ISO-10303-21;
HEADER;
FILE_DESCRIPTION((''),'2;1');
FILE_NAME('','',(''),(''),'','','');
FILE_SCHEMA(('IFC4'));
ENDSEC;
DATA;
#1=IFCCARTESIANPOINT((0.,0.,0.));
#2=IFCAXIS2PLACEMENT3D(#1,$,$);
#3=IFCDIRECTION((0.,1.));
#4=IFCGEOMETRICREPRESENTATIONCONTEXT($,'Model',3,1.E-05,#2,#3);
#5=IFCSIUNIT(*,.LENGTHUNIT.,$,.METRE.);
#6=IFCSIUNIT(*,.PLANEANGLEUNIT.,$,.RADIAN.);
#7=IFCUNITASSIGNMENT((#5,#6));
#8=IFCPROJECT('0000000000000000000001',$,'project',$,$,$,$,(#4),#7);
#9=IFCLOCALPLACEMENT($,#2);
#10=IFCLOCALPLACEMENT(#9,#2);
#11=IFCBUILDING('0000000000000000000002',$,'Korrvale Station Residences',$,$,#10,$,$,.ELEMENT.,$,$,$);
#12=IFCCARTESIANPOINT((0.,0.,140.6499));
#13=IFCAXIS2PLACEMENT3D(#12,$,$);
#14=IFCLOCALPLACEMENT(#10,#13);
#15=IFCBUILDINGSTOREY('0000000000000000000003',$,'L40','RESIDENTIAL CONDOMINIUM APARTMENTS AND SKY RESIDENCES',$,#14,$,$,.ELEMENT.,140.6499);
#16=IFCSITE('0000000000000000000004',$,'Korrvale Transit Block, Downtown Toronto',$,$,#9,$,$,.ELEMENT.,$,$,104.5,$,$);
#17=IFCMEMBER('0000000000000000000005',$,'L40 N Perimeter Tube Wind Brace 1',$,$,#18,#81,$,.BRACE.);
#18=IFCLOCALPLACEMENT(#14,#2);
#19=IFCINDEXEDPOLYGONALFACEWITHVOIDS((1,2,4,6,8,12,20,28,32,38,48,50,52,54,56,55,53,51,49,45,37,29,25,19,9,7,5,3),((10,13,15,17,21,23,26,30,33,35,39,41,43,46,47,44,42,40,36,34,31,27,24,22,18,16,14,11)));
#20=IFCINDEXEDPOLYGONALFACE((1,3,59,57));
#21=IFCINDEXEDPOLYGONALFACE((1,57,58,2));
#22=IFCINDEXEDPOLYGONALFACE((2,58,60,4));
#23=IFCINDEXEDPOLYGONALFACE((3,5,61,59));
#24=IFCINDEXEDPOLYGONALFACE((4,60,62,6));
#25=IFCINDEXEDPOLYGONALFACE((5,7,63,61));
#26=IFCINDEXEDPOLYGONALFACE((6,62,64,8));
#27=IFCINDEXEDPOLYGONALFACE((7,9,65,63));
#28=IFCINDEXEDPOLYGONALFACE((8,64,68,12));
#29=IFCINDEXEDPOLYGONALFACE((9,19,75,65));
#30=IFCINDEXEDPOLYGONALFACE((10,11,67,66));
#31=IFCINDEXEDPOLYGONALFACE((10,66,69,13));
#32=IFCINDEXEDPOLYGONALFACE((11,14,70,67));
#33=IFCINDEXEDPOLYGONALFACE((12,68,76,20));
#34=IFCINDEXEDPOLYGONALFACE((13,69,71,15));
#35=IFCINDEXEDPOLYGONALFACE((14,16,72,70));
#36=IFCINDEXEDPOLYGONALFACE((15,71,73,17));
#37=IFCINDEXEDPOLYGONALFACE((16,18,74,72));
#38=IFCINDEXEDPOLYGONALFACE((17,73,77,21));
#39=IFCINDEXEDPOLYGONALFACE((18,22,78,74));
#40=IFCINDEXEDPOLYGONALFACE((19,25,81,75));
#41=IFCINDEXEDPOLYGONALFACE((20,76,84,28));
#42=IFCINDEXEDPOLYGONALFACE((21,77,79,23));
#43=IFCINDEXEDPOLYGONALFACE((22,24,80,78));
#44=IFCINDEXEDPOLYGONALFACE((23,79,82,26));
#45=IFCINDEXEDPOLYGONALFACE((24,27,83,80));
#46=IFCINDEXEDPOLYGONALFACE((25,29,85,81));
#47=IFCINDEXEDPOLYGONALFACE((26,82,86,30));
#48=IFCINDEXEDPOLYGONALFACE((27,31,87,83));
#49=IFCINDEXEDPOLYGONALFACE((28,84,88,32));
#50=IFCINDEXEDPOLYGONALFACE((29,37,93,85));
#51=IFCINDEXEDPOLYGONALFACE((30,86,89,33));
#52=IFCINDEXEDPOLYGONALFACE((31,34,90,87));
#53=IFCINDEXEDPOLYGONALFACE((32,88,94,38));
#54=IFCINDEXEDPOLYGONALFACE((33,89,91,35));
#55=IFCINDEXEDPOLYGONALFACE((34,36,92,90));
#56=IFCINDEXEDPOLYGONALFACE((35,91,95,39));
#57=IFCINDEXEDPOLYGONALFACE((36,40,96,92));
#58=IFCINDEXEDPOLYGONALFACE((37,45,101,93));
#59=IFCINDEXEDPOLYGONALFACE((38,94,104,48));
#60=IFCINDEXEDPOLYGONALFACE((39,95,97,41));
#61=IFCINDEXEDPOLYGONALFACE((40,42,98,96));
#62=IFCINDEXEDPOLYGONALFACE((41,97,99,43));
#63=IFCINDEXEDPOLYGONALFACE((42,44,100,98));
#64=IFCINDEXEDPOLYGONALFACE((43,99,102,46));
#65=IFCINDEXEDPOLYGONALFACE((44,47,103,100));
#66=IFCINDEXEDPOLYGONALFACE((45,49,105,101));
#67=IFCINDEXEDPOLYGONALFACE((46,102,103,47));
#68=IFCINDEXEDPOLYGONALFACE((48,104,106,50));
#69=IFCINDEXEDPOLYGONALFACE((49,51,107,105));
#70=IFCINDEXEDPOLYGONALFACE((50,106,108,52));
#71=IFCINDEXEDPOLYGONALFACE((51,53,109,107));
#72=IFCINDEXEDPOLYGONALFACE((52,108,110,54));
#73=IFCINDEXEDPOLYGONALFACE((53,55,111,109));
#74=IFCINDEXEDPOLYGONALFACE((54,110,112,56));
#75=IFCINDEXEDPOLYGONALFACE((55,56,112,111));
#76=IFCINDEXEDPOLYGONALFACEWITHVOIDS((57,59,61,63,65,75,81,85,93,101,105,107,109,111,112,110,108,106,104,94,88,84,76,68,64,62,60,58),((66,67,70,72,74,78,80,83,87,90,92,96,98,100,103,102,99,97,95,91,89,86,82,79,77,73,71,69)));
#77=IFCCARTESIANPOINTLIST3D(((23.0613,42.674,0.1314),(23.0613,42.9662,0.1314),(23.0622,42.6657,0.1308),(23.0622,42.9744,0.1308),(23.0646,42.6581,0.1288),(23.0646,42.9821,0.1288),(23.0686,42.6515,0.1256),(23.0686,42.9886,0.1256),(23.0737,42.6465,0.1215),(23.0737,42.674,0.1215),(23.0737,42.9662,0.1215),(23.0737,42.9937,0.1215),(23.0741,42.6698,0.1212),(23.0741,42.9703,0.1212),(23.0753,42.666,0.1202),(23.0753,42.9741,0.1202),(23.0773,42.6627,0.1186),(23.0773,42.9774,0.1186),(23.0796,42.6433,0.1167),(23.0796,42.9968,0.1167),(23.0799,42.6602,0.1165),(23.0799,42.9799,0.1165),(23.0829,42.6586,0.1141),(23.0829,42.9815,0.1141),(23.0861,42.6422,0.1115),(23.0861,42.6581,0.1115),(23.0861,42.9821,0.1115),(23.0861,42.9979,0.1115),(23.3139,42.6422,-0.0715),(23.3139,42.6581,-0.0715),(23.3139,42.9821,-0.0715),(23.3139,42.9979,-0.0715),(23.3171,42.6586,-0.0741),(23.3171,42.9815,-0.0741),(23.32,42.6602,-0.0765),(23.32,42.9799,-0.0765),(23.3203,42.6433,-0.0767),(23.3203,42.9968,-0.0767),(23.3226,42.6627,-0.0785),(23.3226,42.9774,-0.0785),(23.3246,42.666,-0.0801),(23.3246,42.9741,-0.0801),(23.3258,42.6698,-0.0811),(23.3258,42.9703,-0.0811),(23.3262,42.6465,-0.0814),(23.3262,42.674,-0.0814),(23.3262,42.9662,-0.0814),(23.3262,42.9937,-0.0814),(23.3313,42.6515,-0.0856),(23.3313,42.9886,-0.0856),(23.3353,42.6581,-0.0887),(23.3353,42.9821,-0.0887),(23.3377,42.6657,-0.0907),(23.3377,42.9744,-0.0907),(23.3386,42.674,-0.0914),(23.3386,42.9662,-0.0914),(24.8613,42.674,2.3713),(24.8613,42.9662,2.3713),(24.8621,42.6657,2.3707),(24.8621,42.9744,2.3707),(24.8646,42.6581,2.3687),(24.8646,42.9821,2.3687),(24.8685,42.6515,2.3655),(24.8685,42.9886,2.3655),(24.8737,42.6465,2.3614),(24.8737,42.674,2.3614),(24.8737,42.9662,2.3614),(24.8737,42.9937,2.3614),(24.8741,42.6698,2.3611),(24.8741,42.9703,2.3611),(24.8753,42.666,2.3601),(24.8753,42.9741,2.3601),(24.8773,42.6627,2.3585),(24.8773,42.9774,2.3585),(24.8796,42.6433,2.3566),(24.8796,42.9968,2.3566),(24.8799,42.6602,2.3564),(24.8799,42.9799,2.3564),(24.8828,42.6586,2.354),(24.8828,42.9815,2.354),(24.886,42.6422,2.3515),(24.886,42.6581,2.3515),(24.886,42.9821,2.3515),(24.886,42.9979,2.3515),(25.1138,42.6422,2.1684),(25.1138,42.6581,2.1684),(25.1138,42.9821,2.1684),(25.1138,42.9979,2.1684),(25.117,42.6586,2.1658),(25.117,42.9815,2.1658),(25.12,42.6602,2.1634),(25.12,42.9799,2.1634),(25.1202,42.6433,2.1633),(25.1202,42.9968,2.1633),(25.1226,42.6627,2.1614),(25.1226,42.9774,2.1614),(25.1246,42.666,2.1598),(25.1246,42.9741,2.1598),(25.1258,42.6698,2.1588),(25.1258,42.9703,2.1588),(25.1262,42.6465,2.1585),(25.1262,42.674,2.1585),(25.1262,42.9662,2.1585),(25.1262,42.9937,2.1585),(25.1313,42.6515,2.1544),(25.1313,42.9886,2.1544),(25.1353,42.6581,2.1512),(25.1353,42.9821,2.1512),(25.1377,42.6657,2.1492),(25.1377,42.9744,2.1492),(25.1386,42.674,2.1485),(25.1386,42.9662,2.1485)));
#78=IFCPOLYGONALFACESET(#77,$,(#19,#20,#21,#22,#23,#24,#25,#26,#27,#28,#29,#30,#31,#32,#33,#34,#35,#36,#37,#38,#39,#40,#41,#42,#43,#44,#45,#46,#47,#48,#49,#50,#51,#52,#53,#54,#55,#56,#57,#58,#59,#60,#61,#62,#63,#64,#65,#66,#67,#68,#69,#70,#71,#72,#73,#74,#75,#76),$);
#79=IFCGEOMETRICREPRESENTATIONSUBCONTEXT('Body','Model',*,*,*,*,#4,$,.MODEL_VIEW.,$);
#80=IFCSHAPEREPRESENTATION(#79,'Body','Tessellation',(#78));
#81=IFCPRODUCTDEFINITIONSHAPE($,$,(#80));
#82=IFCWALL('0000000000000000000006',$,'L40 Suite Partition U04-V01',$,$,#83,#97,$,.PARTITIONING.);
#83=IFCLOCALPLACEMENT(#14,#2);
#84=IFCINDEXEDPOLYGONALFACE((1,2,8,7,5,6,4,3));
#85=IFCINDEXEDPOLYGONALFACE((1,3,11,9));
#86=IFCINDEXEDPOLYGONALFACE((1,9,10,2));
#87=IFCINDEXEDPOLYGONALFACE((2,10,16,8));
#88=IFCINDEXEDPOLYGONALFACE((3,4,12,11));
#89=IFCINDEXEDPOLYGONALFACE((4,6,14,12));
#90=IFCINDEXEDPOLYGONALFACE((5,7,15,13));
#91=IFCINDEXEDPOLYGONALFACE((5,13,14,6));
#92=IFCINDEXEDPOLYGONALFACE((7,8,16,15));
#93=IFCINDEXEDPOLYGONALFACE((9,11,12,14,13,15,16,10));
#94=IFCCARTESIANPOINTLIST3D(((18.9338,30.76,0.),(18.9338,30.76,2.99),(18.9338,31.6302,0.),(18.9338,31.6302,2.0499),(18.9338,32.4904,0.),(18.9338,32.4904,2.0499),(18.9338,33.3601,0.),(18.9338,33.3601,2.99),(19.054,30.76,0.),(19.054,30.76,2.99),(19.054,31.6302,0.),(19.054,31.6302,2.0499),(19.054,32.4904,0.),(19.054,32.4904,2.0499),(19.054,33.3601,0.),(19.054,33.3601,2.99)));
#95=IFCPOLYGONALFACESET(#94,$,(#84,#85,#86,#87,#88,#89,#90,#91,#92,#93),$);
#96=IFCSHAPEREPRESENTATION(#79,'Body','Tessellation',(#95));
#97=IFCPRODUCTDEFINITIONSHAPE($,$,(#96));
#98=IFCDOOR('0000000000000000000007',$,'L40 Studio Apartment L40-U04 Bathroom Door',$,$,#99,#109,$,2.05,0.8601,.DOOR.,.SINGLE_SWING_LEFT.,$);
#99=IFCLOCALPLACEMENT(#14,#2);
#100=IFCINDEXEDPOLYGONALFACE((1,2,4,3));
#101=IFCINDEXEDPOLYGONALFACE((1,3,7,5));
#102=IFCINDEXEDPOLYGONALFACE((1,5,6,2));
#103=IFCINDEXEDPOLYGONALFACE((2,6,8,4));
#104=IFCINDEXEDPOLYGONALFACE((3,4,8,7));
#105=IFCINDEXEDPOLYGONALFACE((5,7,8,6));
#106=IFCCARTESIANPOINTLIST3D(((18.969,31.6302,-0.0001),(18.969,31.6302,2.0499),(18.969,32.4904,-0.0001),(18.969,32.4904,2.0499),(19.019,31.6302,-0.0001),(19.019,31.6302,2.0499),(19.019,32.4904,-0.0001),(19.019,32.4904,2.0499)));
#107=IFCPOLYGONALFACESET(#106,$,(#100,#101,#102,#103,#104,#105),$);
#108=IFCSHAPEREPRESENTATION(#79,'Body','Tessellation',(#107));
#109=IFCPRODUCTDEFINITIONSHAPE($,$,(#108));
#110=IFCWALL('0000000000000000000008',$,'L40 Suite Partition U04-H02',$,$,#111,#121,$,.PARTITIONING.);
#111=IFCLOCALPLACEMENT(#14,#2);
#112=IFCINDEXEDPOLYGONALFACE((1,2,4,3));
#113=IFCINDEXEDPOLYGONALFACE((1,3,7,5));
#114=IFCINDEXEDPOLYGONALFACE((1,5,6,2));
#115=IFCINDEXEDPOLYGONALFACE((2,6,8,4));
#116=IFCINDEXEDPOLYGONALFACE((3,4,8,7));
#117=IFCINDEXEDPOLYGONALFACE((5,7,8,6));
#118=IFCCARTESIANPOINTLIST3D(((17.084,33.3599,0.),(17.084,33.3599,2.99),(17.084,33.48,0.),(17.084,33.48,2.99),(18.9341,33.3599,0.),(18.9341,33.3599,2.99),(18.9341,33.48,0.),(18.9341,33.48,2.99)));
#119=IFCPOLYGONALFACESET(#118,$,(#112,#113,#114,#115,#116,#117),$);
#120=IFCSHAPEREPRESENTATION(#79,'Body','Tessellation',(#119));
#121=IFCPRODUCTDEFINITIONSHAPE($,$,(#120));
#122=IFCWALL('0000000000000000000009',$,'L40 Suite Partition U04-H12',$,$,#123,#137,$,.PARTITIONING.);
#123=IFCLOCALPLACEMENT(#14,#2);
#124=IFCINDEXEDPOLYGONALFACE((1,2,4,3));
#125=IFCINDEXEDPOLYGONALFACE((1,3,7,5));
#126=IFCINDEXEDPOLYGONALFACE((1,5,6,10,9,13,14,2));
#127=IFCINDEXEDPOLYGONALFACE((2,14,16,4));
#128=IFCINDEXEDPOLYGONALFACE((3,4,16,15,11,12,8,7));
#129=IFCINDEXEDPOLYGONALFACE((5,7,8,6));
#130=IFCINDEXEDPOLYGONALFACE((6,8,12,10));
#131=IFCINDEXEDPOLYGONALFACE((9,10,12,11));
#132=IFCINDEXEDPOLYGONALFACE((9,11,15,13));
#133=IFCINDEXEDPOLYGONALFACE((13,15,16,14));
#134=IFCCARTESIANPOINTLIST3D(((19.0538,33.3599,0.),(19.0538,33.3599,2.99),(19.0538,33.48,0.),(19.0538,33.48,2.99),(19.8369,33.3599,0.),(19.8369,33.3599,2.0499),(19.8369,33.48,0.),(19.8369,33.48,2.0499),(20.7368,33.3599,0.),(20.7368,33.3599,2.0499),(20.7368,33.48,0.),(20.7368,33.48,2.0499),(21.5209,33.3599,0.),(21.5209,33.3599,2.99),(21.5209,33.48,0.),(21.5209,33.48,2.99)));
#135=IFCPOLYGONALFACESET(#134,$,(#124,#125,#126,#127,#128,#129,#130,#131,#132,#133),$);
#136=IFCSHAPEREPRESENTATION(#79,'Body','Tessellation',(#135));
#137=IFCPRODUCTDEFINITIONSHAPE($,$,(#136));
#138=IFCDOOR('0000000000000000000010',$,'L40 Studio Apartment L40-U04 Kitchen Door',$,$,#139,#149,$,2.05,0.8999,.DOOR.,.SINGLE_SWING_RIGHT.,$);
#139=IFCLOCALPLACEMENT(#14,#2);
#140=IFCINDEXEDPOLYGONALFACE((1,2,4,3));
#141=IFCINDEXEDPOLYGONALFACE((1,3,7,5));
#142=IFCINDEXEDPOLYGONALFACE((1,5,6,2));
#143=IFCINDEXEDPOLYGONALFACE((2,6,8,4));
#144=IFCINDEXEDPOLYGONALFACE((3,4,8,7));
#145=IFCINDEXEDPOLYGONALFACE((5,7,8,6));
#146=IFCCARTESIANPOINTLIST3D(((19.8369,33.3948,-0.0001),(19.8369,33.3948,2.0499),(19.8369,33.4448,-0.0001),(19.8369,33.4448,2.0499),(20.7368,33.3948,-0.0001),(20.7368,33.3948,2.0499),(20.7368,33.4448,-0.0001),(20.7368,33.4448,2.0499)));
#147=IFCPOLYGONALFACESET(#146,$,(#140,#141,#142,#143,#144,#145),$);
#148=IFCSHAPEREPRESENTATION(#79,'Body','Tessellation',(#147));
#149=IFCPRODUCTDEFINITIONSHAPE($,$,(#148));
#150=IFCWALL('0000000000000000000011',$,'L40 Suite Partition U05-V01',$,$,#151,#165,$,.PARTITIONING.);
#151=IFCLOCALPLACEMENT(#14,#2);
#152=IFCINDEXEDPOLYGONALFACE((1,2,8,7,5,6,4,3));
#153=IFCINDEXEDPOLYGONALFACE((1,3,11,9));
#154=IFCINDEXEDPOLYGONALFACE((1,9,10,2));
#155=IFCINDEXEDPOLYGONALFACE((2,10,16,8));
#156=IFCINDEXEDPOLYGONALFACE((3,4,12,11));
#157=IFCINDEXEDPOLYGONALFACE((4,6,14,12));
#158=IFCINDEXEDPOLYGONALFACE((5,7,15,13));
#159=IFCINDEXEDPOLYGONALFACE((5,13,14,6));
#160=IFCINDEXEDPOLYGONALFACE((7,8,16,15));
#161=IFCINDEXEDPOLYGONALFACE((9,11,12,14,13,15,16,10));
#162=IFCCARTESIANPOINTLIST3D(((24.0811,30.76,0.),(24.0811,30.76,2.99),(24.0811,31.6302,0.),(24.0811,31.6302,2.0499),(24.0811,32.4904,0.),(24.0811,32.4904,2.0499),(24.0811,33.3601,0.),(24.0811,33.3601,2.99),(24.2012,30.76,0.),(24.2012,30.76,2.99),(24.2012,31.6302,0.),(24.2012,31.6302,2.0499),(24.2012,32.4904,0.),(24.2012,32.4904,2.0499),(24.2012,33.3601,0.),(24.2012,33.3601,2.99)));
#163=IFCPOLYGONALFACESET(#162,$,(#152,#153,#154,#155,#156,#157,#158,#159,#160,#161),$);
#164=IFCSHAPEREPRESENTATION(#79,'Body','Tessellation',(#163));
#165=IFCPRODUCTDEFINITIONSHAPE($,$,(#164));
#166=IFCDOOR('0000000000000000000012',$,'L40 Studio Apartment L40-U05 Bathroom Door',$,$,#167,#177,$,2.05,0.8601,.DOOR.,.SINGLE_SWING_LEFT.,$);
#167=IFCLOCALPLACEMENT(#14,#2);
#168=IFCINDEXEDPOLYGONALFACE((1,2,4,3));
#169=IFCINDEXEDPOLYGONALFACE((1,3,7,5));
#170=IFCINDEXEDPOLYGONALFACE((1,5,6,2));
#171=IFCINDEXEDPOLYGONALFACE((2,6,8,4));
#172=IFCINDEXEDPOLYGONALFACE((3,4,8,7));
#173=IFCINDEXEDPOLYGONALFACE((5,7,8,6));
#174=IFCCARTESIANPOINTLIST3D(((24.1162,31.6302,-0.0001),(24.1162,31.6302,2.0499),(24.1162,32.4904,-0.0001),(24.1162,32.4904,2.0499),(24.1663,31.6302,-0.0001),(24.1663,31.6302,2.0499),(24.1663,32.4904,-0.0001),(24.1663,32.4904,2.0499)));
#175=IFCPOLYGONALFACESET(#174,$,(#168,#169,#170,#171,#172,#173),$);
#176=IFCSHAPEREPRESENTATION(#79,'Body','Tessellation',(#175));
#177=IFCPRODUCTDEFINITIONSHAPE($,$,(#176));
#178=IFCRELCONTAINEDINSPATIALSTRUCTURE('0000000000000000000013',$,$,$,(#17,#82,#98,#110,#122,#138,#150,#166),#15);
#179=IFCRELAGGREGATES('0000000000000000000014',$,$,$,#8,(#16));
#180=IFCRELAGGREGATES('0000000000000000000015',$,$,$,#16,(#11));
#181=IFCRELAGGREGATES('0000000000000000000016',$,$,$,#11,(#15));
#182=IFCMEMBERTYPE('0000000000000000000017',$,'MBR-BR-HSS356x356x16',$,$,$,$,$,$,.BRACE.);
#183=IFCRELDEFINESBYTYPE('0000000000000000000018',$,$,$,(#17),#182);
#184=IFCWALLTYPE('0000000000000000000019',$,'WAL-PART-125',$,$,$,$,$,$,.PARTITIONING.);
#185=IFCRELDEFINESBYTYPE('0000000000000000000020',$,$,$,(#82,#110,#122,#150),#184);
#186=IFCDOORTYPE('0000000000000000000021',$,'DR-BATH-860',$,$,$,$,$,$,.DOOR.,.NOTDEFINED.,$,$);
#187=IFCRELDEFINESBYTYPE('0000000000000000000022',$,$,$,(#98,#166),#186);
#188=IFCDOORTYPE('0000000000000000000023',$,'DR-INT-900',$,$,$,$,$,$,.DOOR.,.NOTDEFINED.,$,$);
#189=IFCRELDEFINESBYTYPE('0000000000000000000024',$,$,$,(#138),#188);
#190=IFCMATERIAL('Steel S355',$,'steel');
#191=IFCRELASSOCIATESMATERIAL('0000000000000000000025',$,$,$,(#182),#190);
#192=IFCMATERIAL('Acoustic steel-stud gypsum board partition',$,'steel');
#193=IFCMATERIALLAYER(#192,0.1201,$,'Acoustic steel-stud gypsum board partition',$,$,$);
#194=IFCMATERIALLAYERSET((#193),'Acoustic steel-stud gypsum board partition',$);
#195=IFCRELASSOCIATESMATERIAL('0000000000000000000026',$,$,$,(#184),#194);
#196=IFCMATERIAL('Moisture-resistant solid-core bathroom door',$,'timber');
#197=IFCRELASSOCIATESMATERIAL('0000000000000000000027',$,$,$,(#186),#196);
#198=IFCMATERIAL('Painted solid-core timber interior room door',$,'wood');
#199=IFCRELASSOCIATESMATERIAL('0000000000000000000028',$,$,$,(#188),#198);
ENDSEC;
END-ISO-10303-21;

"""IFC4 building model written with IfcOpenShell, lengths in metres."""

from ifc_helpers import new_model, si_unit, direction, frame, frame_2d, origin, origin_2d, place, context, subcontext, project, spatial, rectangle, hollow_rectangle, extrude, material, layer, layer_set, material_profile, profile_set, type_object, element, fill, save


model = new_model("IFC4")

# Units and contexts
model_context = context("Model", 3, precision=1e-05, world=origin(), true_north=direction((0.0, 1.0)))
body_context = subcontext(model_context, "Body", "Model", "MODEL_VIEW")
ifc_project = project(units=[si_unit("LENGTHUNIT", "METRE"), si_unit("PLANEANGLEUNIT", "RADIAN")], contexts=[model_context])

# Site, building, storey
site_placement = place(None, origin())
site = spatial("IfcSite", under=ifc_project, at=site_placement, Name="Korrvale Transit Block, Downtown Toronto", CompositionType="ELEMENT", RefElevation=104.5)
building_placement = place(site_placement, origin())
building = spatial("IfcBuilding", under=site, at=building_placement, Name="Korrvale Station Residences", CompositionType="ELEMENT")
storey_placement = place(building_placement, frame((0.0, 0.0, 140.6499)))
storey = spatial("IfcBuildingStorey", under=building, at=storey_placement, Name="L40", Description="RESIDENTIAL CONDOMINIUM APARTMENTS AND SKY RESIDENCES", CompositionType="ELEMENT", Elevation=140.6499)

# Shared definitions
ifc_material_1 = material(Name="Steel S355", Category="steel")

# Member
ifc_material_profile_1 = material_profile(ifc_material_1, hollow_rectangle(XDim=0.3557, YDim=0.3557, WallThickness=0.0159, InnerFilletRadius=0.0159, OuterFilletRadius=0.0317, at=origin_2d()), Name="HSS356x356x16")
ifc_profile_set_1 = profile_set([ifc_material_profile_1], Name="Steel S355")
member_type = type_object("IfcMemberType", Name="MBR-BR-HSS356x356x16", PredefinedType="BRACE", material=ifc_profile_set_1)
member_placement = place(storey_placement, frame((23.2, 42.8201, 0.02), z_axis=(0.626403, 0.0, 0.779499), x_axis=(0.0, 1.0, 0.0)))
element("IfcMember", 1, at=member_placement, inside=storey, type_object=member_type, Name="L40 N Perimeter Tube Wind Brace 1", PredefinedType="BRACE", context=body_context, shape_type="SweptSolid", body=[
    extrude(hollow_rectangle(XDim=0.3557, YDim=0.3557, WallThickness=0.0159, InnerFilletRadius=0.0159, OuterFilletRadius=0.0317, at=origin_2d()), origin(), (0.0, 0.0, 1.0), 2.8735),
])

# Wall, opening, door
ifc_material_2 = material(Name="Acoustic steel-stud gypsum board partition", Category="steel")
ifc_layer_1 = layer(ifc_material_2, 0.1201, Name="Acoustic steel-stud gypsum board partition")
ifc_layer_set_1 = layer_set([ifc_layer_1], Name="Acoustic steel-stud gypsum board partition")
wall_type_1 = type_object("IfcWallType", Name="WAL-PART-125", PredefinedType="PARTITIONING", material=ifc_layer_set_1)
wall_1_placement = place(storey_placement, frame((18.9939, 30.76, 0.0), z_axis=(0.0, 0.0, 1.0), x_axis=(0.0, 1.0, 0.0)))
wall_1 = element("IfcWall", 2, at=wall_1_placement, inside=storey, type_object=wall_type_1, Name="L40 Suite Partition U04-V01", PredefinedType="PARTITIONING", context=body_context, shape_type="SweptSolid", body=[
    extrude(rectangle(XDim=2.6001, YDim=0.1201, at=frame_2d((1.3, 0.0))), origin(), (0.0, 0.0, 1.0), 2.99),
])
opening_1_placement = place(wall_1_placement, frame((0.8701, 0.0, 0.0)))
opening_1 = element("IfcOpeningElement", 3, at=opening_1_placement, cuts=wall_1, PredefinedType="OPENING", context=body_context, shape_type="SweptSolid", body=[
    extrude(rectangle(XDim=0.8601, YDim=2.05, at=frame_2d((0.4302, 1.0249))), frame((0.0, 0.0701, 0.0), z_axis=(0.0, -1.0, 0.0), x_axis=(1.0, 0.0, 0.0)), (0.0, 0.0, 1.0), 0.1401),
])
ifc_material_3 = material(Name="Moisture-resistant solid-core bathroom door", Category="timber")
door_type_1 = type_object("IfcDoorType", Name="DR-BATH-860", OperationType="NOTDEFINED", PredefinedType="DOOR", material=ifc_material_3)
door_1_placement = place(opening_1_placement, origin())
door_1 = element("IfcDoor", 4, at=door_1_placement, inside=storey, type_object=door_type_1, Name="L40 Studio Apartment L40-U04 Bathroom Door", OperationType="SINGLE_SWING_LEFT", OverallHeight=2.05, OverallWidth=0.8601, PredefinedType="DOOR", context=body_context, shape_type="SweptSolid", body=[
    extrude(rectangle(XDim=0.8601, YDim=2.05, at=frame_2d((0.4302, 1.0249))), frame((0.0, 0.0249, 0.0), z_axis=(0.0, -1.0, 0.0), x_axis=(1.0, 0.0, 0.0)), (0.0, 0.0, 1.0), 0.05),
])
fill(opening_1, door_1)

# Wall
wall_2_placement = place(storey_placement, frame((17.084, 33.4199, 0.0), z_axis=(0.0, 0.0, 1.0), x_axis=(1.0, 0.0, 0.0)))
element("IfcWall", 5, at=wall_2_placement, inside=storey, type_object=wall_type_1, Name="L40 Suite Partition U04-H02", PredefinedType="PARTITIONING", context=body_context, shape_type="SweptSolid", body=[
    extrude(rectangle(XDim=1.8501, YDim=0.1201, at=frame_2d((0.925, 0.0))), origin(), (0.0, 0.0, 1.0), 2.99),
])

# Walls, openings, doors
wall_3_placement = place(storey_placement, frame((19.054, 33.4199, 0.0), z_axis=(0.0, 0.0, 1.0), x_axis=(1.0, 0.0, 0.0)))
wall_3 = element("IfcWall", 6, at=wall_3_placement, inside=storey, type_object=wall_type_1, Name="L40 Suite Partition U04-H12", PredefinedType="PARTITIONING", context=body_context, shape_type="SweptSolid", body=[
    extrude(rectangle(XDim=2.467, YDim=0.1201, at=frame_2d((1.2334, 0.0))), origin(), (0.0, 0.0, 1.0), 2.99),
])
opening_2_placement = place(wall_3_placement, frame((0.783, 0.0, 0.0)))
opening_2 = element("IfcOpeningElement", 7, at=opening_2_placement, cuts=wall_3, PredefinedType="OPENING", context=body_context, shape_type="SweptSolid", body=[
    extrude(rectangle(XDim=0.8999, YDim=2.05, at=frame_2d((0.45, 1.0249))), frame((0.0, 0.0701, 0.0), z_axis=(0.0, -1.0, 0.0), x_axis=(1.0, 0.0, 0.0)), (0.0, 0.0, 1.0), 0.1401),
])
ifc_material_4 = material(Name="Painted solid-core timber interior room door", Category="wood")
door_type_2 = type_object("IfcDoorType", Name="DR-INT-900", OperationType="NOTDEFINED", PredefinedType="DOOR", material=ifc_material_4)
door_2_placement = place(opening_2_placement, origin())
door_2 = element("IfcDoor", 8, at=door_2_placement, inside=storey, type_object=door_type_2, Name="L40 Studio Apartment L40-U04 Kitchen Door", OperationType="SINGLE_SWING_RIGHT", OverallHeight=2.05, OverallWidth=0.8999, PredefinedType="DOOR", context=body_context, shape_type="SweptSolid", body=[
    extrude(rectangle(XDim=0.8999, YDim=2.05, at=frame_2d((0.45, 1.0249))), frame((0.0, 0.0249, 0.0), z_axis=(0.0, -1.0, 0.0), x_axis=(1.0, 0.0, 0.0)), (0.0, 0.0, 1.0), 0.05),
])
fill(opening_2, door_2)
wall_4_placement = place(storey_placement, frame((24.1411, 30.76, 0.0), z_axis=(0.0, 0.0, 1.0), x_axis=(0.0, 1.0, 0.0)))
wall_4 = element("IfcWall", 9, at=wall_4_placement, inside=storey, type_object=wall_type_1, Name="L40 Suite Partition U05-V01", PredefinedType="PARTITIONING", context=body_context, shape_type="SweptSolid", body=[
    extrude(rectangle(XDim=2.6001, YDim=0.1201, at=frame_2d((1.3, 0.0))), origin(), (0.0, 0.0, 1.0), 2.99),
])
opening_3_placement = place(wall_4_placement, frame((0.8701, 0.0, 0.0)))
opening_3 = element("IfcOpeningElement", 10, at=opening_3_placement, cuts=wall_4, PredefinedType="OPENING", context=body_context, shape_type="SweptSolid", body=[
    extrude(rectangle(XDim=0.8601, YDim=2.05, at=frame_2d((0.4302, 1.0249))), frame((0.0, 0.0701, 0.0), z_axis=(0.0, -1.0, 0.0), x_axis=(1.0, 0.0, 0.0)), (0.0, 0.0, 1.0), 0.1401),
])
door_3_placement = place(opening_3_placement, origin())
door_3 = element("IfcDoor", 11, at=door_3_placement, inside=storey, type_object=door_type_1, Name="L40 Studio Apartment L40-U05 Bathroom Door", OperationType="SINGLE_SWING_LEFT", OverallHeight=2.05, OverallWidth=0.8601, PredefinedType="DOOR", context=body_context, shape_type="SweptSolid", body=[
    extrude(rectangle(XDim=0.8601, YDim=2.05, at=frame_2d((0.4302, 1.0249))), frame((0.0, 0.0249, 0.0), z_axis=(0.0, -1.0, 0.0), x_axis=(1.0, 0.0, 0.0)), (0.0, 0.0, 1.0), 0.05),
])
fill(opening_3, door_3)

save(model, "model.ifc")
